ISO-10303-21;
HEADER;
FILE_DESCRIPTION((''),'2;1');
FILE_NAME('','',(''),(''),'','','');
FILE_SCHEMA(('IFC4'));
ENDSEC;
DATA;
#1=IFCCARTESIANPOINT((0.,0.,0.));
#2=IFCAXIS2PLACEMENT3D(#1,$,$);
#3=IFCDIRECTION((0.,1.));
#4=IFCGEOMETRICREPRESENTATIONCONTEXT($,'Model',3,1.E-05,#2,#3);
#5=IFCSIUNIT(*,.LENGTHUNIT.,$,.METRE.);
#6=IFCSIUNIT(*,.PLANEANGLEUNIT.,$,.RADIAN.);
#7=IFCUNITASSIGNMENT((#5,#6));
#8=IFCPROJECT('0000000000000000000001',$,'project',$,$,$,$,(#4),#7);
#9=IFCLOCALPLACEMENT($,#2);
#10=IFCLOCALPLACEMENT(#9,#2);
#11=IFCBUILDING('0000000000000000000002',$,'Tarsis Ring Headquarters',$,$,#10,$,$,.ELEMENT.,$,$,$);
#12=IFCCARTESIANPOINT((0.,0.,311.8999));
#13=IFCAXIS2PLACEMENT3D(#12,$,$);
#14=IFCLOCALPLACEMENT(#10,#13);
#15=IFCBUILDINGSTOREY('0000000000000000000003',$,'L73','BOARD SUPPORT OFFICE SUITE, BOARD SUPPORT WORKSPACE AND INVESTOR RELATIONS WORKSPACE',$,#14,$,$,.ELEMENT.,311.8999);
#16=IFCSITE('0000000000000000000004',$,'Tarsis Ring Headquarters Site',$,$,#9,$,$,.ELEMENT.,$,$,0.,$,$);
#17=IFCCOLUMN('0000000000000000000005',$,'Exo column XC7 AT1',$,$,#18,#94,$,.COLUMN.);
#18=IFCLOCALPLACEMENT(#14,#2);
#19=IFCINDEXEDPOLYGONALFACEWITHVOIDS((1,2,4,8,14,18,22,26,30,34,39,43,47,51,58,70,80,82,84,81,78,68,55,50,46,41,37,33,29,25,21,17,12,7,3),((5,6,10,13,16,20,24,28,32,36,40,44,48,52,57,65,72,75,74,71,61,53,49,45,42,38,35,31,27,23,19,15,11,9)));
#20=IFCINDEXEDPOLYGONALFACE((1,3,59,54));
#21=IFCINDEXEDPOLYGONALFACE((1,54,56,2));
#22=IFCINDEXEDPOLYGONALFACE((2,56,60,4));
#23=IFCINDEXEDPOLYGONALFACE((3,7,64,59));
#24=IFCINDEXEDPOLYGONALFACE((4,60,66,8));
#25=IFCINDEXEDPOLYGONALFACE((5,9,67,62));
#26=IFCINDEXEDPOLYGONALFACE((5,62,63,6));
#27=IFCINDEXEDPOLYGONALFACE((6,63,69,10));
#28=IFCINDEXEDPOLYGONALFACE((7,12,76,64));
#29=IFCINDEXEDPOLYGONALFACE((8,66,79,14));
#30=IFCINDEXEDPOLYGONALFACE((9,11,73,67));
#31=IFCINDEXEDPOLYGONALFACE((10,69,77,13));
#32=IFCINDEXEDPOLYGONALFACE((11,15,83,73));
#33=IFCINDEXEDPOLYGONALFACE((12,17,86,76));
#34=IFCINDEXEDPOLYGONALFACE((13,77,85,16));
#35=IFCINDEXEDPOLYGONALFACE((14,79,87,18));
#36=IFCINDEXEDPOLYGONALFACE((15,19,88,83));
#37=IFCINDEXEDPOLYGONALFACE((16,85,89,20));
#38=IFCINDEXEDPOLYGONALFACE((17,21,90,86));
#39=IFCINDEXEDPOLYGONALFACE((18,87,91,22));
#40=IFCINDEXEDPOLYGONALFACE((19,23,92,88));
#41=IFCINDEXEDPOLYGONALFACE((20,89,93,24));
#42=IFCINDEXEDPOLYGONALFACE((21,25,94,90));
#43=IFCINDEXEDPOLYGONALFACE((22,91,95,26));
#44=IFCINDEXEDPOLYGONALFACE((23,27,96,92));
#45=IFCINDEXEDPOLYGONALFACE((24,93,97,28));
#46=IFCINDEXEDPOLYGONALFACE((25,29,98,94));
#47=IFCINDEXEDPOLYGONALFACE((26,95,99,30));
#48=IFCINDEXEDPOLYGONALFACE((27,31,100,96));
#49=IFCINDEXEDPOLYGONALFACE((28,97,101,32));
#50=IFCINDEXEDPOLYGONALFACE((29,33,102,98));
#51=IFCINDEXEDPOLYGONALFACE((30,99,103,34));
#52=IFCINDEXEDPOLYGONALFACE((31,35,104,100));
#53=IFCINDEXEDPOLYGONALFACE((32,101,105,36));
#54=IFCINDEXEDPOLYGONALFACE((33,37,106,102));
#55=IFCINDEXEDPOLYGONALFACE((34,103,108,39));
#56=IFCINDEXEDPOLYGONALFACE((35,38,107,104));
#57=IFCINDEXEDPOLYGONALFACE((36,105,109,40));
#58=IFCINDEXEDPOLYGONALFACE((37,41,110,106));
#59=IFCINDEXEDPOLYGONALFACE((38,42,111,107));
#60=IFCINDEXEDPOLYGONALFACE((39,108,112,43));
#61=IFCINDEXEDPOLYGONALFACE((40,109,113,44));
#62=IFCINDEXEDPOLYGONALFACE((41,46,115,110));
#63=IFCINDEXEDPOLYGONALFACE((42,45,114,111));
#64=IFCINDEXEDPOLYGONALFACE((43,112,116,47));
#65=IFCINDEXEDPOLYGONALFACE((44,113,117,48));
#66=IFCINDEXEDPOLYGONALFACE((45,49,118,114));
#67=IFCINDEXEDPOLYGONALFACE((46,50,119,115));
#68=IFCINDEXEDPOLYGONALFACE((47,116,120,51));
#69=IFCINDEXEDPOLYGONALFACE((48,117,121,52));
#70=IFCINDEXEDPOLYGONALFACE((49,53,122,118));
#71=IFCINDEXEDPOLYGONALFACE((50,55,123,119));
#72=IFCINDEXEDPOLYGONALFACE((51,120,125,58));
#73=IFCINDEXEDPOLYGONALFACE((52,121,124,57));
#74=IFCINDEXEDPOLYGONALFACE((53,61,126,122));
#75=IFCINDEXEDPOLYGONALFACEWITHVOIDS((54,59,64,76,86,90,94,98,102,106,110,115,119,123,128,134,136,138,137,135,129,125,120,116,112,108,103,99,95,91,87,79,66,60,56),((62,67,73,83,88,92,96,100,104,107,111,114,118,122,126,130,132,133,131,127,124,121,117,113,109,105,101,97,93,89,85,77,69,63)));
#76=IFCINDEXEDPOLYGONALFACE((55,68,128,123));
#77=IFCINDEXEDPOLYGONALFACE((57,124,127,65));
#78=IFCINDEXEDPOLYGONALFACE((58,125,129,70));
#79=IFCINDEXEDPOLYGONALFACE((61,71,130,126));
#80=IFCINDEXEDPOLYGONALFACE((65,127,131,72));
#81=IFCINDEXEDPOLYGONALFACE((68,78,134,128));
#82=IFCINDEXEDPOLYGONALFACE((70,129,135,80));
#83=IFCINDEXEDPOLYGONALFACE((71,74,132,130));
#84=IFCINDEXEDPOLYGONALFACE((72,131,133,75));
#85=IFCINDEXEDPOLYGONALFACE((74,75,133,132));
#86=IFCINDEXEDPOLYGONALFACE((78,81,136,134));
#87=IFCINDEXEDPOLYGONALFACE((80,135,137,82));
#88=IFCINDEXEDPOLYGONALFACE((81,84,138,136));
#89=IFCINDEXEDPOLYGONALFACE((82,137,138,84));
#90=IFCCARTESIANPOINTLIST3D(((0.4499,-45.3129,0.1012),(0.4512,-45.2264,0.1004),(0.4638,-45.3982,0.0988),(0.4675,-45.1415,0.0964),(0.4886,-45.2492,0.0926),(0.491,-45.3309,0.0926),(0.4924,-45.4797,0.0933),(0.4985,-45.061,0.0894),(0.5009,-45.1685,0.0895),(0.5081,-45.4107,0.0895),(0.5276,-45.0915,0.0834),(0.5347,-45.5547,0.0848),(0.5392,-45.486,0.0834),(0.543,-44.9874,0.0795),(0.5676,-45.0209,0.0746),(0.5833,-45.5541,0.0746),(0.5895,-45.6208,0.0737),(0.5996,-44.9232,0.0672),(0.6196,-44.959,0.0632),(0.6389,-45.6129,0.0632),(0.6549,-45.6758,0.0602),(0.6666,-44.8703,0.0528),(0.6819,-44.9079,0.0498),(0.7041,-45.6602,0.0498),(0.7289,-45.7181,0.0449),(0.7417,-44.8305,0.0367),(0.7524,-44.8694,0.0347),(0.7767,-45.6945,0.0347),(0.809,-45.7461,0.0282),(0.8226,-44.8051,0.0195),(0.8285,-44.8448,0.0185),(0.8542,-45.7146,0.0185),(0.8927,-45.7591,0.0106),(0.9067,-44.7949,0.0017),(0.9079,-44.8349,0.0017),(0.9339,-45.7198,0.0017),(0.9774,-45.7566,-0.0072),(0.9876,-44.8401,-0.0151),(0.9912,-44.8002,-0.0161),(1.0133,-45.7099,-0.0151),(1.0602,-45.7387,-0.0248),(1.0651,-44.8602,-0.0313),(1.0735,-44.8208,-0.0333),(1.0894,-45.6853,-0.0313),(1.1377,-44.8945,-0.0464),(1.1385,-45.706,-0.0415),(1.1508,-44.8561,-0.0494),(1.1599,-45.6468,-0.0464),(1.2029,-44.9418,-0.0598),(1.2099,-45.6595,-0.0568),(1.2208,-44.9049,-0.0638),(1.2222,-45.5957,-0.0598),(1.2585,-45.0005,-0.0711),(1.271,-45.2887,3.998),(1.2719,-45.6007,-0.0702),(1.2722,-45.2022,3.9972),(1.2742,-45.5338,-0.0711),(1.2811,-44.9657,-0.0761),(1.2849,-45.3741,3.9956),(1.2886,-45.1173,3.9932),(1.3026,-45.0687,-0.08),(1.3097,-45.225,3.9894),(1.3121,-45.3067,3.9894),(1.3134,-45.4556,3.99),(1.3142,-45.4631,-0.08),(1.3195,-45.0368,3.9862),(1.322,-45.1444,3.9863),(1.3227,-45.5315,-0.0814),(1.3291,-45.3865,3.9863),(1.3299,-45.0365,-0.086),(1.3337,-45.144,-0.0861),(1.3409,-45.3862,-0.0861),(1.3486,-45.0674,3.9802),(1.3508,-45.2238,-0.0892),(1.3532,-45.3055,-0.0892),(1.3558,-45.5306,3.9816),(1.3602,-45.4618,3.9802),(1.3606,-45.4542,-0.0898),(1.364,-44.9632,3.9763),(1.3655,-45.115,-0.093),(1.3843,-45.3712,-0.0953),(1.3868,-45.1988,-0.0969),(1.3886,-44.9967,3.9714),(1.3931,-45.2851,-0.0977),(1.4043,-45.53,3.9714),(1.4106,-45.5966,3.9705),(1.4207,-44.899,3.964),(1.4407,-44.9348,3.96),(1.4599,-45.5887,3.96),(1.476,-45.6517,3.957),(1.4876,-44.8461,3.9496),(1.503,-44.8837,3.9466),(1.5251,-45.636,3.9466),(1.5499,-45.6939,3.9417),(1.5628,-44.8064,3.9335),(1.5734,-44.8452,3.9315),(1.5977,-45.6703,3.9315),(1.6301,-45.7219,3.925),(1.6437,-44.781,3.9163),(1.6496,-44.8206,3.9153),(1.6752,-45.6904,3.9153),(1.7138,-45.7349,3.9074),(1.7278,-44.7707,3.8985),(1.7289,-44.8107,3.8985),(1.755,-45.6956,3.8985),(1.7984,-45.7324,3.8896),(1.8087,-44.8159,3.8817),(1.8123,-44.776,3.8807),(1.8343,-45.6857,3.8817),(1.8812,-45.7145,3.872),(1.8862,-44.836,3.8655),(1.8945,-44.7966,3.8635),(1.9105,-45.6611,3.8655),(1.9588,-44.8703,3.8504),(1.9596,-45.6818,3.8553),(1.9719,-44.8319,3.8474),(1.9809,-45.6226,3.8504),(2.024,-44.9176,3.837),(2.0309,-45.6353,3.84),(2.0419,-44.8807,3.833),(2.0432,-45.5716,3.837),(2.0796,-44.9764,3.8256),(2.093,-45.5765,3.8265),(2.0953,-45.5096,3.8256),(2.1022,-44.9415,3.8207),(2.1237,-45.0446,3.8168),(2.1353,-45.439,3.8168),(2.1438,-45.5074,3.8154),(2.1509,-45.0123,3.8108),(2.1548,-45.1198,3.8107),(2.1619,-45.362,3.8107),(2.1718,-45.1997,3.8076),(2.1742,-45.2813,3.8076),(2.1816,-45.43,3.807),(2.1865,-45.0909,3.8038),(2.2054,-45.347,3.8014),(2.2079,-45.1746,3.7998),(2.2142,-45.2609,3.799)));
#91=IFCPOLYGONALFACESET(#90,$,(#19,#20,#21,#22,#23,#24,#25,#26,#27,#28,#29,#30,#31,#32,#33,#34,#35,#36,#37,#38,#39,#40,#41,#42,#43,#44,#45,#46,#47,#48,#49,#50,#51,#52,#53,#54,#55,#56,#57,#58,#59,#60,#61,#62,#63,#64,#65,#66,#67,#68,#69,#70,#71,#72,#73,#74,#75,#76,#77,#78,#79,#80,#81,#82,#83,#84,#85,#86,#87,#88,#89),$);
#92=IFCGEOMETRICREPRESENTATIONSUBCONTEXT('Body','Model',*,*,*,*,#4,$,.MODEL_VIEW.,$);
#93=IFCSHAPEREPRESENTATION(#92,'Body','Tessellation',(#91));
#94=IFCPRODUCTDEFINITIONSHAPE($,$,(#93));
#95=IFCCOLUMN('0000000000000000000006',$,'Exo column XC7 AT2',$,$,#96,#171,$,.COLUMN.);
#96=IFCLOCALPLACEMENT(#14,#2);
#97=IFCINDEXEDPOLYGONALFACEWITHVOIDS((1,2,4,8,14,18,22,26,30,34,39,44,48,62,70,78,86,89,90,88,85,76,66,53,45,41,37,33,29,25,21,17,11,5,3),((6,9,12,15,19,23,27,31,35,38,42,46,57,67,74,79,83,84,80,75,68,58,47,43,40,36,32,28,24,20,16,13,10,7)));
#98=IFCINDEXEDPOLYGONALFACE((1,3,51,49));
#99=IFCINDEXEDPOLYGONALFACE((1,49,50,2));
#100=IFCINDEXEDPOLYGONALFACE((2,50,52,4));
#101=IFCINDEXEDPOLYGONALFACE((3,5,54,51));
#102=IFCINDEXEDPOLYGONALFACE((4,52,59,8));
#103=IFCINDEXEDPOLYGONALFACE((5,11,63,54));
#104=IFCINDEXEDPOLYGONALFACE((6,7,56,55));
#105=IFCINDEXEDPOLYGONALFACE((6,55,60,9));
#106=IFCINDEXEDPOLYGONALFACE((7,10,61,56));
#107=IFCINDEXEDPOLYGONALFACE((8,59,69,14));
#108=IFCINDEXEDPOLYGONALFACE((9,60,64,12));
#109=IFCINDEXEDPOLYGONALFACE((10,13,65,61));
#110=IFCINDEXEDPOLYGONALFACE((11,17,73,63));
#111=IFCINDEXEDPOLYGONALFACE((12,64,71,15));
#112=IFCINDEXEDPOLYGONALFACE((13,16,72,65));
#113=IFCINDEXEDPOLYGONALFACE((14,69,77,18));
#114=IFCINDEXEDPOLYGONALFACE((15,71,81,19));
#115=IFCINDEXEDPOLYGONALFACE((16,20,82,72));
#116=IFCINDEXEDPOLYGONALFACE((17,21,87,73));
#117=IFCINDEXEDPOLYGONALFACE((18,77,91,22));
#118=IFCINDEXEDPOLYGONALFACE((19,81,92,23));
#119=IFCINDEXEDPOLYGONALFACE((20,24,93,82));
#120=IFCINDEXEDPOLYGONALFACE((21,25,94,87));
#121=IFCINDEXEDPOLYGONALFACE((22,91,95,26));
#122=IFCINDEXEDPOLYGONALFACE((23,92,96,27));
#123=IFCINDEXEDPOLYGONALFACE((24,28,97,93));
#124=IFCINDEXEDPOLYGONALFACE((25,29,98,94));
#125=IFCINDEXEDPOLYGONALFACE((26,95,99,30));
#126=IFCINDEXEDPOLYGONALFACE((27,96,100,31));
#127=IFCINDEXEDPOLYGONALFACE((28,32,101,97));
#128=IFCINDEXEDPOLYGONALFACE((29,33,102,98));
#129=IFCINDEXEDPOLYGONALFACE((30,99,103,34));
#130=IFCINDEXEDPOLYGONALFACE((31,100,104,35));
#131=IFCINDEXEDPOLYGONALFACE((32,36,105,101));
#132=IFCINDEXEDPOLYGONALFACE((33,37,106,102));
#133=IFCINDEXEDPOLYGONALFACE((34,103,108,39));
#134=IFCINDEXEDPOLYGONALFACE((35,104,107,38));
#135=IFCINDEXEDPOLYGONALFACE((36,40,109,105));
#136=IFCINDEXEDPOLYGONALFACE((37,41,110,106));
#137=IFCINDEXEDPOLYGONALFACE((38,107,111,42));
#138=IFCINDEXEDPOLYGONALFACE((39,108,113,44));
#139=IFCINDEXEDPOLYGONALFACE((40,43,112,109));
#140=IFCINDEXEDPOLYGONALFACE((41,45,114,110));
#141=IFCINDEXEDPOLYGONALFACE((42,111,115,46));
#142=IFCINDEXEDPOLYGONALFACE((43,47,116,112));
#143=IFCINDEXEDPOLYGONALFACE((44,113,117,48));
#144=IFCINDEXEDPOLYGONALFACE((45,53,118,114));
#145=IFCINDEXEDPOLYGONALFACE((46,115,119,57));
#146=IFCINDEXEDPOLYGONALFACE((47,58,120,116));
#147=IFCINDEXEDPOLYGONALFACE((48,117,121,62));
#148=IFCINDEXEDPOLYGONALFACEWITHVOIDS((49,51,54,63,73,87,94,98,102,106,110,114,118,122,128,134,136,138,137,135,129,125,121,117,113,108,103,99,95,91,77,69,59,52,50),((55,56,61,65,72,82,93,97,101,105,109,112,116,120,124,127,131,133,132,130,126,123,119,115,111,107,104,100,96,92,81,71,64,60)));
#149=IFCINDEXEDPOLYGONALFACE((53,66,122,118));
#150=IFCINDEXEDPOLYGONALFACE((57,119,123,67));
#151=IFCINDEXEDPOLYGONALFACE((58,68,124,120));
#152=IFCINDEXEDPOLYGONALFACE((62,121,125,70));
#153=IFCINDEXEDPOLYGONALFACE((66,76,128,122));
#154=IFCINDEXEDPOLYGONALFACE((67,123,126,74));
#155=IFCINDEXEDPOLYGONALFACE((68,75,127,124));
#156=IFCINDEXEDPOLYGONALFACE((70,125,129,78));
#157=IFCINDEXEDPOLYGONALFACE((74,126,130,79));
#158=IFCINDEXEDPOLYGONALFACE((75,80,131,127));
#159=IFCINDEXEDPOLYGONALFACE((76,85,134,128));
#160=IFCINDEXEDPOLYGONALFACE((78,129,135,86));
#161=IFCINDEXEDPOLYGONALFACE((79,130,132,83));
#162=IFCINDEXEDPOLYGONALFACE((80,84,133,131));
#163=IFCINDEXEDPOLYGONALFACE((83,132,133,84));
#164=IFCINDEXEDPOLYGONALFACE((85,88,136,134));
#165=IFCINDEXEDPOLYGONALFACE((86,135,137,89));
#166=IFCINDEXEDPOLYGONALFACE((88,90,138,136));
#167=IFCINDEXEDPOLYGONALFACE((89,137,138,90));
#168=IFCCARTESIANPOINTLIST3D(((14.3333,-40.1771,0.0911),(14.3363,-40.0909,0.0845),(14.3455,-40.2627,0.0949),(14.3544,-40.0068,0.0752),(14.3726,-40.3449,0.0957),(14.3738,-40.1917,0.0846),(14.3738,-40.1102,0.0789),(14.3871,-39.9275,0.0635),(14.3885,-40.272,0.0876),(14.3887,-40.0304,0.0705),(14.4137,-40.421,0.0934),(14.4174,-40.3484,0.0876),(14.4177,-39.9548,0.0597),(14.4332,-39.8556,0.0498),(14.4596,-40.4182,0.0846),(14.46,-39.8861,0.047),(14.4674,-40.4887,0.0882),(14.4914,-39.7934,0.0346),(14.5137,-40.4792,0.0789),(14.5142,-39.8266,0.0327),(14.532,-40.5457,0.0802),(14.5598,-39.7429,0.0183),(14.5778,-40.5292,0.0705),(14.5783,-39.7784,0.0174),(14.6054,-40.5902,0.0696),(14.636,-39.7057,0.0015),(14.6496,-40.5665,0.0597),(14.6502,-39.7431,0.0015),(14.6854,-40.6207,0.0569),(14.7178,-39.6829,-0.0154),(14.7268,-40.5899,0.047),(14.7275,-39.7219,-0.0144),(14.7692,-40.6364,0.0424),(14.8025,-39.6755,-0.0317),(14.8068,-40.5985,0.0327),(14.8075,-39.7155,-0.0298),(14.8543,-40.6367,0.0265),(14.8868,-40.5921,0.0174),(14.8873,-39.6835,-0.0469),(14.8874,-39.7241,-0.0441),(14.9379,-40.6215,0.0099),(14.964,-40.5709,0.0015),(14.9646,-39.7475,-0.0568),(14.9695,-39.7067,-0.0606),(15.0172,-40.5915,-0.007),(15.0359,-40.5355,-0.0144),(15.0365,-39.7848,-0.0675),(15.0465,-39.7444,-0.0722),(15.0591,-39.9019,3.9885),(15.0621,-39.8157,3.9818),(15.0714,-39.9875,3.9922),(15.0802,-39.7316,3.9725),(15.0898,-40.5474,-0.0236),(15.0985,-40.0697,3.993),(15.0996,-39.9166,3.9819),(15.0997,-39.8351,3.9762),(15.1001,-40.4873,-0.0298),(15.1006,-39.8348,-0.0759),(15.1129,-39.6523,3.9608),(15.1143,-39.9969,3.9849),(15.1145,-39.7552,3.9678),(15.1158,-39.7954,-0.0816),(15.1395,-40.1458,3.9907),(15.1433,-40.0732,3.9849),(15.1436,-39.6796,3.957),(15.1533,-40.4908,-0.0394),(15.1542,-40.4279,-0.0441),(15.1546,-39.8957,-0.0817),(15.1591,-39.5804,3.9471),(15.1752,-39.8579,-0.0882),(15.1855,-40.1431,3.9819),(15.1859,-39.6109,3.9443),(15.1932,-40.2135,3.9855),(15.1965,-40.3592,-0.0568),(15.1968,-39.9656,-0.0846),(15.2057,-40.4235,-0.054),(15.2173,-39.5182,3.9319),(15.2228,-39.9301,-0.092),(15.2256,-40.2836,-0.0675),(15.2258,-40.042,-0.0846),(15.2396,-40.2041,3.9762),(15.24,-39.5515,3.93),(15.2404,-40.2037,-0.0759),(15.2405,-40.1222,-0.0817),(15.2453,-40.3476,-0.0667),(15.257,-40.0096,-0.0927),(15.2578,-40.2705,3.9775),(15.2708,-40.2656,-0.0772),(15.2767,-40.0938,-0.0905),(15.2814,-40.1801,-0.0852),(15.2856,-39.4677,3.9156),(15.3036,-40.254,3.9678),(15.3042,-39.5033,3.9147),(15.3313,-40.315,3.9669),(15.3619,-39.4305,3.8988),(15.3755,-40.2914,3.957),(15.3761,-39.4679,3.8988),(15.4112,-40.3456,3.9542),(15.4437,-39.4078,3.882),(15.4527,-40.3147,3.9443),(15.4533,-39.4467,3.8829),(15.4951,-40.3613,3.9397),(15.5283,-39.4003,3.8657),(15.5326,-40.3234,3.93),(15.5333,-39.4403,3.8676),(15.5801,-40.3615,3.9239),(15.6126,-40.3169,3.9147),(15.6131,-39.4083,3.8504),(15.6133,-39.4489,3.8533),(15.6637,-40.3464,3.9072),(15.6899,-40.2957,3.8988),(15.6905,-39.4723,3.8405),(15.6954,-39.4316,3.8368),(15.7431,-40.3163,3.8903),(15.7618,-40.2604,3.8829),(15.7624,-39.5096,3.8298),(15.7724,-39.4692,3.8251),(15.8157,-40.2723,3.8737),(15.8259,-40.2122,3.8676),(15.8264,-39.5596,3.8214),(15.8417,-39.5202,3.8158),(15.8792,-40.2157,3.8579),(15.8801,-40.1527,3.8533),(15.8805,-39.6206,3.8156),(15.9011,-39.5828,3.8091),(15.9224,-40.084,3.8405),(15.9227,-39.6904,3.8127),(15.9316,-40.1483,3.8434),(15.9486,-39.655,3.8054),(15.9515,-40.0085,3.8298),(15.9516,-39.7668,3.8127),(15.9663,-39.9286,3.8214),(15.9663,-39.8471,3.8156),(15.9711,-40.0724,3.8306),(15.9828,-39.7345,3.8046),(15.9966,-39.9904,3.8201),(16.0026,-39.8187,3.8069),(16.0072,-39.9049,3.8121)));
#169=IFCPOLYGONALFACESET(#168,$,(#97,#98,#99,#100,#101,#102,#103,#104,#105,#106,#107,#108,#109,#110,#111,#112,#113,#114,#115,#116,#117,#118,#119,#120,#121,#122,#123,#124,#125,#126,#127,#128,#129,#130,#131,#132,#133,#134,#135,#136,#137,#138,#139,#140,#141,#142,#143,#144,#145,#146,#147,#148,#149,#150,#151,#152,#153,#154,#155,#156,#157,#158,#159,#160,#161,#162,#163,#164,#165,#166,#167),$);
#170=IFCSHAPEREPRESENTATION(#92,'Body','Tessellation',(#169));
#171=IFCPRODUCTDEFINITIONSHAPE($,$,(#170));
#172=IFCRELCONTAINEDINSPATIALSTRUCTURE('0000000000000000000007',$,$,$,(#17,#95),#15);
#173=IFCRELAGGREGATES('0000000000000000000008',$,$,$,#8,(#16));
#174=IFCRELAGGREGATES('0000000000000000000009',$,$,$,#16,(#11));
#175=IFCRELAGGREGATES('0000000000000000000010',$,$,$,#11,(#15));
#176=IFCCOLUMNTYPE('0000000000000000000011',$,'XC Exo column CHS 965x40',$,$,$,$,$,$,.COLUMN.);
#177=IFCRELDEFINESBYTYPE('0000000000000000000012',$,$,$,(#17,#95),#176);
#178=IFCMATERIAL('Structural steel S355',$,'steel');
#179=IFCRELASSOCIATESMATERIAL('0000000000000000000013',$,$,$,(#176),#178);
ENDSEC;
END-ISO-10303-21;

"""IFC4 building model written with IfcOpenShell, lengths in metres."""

from ifc_helpers import new_model, si_unit, direction, frame, origin, origin_2d, place, context, subcontext, project, spatial, hollow_circle, extrude, material, material_profile, profile_set, type_object, element, save


model = new_model("IFC4")

# Units and contexts
model_context = context("Model", 3, precision=1e-05, world=origin(), true_north=direction((0.0, 1.0)))
body_context = subcontext(model_context, "Body", "Model", "MODEL_VIEW")
ifc_project = project(units=[si_unit("LENGTHUNIT", "METRE"), si_unit("PLANEANGLEUNIT", "RADIAN")], contexts=[model_context])

# Site, building, storey
site_placement = place(None, origin())
site = spatial("IfcSite", under=ifc_project, at=site_placement, Name="Tarsis Ring Headquarters Site", CompositionType="ELEMENT", RefElevation=0.0)
building_placement = place(site_placement, origin())
building = spatial("IfcBuilding", under=site, at=building_placement, Name="Tarsis Ring Headquarters", CompositionType="ELEMENT")
storey_placement = place(building_placement, frame((0.0, 0.0, 311.8999)))
storey = spatial("IfcBuildingStorey", under=building, at=storey_placement, Name="L73", Description="BOARD SUPPORT OFFICE SUITE, BOARD SUPPORT WORKSPACE AND INVESTOR RELATIONS WORKSPACE", CompositionType="ELEMENT", Elevation=311.8999)

# Columns
ifc_material_1 = material(Name="Structural steel S355", Category="steel")
ifc_material_profile_1 = material_profile(ifc_material_1, hollow_circle(Radius=0.4827, WallThickness=0.04, at=origin_2d()), Name="CHS 965x40")
ifc_profile_set_1 = profile_set([ifc_material_profile_1], Name="Structural steel S355")
column_type = type_object("IfcColumnType", Name="XC Exo column CHS 965x40", PredefinedType="COLUMN", material=ifc_profile_set_1)
column_1_placement = place(storey_placement, frame((0.9209, -45.2773, 0.0017), z_axis=(0.20617, 0.006069, 0.978497), x_axis=(-0.029425, 0.999567, 0.0)))
element("IfcColumn", 1, at=column_1_placement, inside=storey, type_object=column_type, Name="Exo column XC7 AT1", PredefinedType="COLUMN", context=body_context, shape_type="SweptSolid", body=[
    extrude(hollow_circle(Radius=0.4827, WallThickness=0.04, at=origin_2d()), origin(), (0.0, 0.0, 1.0), 3.9824),
])
column_2_placement = place(storey_placement, frame((14.8071, -40.157, 0.0015), z_axis=(0.182655, 0.069241, 0.980736), x_axis=(-0.354465, 0.935069, 0.0)))
element("IfcColumn", 2, at=column_2_placement, inside=storey, type_object=column_type, Name="Exo column XC7 AT2", PredefinedType="COLUMN", context=body_context, shape_type="SweptSolid", body=[
    extrude(hollow_circle(Radius=0.4827, WallThickness=0.04, at=origin_2d()), origin(), (0.0, 0.0, 1.0), 3.9739),
])

save(model, "model.ifc")
